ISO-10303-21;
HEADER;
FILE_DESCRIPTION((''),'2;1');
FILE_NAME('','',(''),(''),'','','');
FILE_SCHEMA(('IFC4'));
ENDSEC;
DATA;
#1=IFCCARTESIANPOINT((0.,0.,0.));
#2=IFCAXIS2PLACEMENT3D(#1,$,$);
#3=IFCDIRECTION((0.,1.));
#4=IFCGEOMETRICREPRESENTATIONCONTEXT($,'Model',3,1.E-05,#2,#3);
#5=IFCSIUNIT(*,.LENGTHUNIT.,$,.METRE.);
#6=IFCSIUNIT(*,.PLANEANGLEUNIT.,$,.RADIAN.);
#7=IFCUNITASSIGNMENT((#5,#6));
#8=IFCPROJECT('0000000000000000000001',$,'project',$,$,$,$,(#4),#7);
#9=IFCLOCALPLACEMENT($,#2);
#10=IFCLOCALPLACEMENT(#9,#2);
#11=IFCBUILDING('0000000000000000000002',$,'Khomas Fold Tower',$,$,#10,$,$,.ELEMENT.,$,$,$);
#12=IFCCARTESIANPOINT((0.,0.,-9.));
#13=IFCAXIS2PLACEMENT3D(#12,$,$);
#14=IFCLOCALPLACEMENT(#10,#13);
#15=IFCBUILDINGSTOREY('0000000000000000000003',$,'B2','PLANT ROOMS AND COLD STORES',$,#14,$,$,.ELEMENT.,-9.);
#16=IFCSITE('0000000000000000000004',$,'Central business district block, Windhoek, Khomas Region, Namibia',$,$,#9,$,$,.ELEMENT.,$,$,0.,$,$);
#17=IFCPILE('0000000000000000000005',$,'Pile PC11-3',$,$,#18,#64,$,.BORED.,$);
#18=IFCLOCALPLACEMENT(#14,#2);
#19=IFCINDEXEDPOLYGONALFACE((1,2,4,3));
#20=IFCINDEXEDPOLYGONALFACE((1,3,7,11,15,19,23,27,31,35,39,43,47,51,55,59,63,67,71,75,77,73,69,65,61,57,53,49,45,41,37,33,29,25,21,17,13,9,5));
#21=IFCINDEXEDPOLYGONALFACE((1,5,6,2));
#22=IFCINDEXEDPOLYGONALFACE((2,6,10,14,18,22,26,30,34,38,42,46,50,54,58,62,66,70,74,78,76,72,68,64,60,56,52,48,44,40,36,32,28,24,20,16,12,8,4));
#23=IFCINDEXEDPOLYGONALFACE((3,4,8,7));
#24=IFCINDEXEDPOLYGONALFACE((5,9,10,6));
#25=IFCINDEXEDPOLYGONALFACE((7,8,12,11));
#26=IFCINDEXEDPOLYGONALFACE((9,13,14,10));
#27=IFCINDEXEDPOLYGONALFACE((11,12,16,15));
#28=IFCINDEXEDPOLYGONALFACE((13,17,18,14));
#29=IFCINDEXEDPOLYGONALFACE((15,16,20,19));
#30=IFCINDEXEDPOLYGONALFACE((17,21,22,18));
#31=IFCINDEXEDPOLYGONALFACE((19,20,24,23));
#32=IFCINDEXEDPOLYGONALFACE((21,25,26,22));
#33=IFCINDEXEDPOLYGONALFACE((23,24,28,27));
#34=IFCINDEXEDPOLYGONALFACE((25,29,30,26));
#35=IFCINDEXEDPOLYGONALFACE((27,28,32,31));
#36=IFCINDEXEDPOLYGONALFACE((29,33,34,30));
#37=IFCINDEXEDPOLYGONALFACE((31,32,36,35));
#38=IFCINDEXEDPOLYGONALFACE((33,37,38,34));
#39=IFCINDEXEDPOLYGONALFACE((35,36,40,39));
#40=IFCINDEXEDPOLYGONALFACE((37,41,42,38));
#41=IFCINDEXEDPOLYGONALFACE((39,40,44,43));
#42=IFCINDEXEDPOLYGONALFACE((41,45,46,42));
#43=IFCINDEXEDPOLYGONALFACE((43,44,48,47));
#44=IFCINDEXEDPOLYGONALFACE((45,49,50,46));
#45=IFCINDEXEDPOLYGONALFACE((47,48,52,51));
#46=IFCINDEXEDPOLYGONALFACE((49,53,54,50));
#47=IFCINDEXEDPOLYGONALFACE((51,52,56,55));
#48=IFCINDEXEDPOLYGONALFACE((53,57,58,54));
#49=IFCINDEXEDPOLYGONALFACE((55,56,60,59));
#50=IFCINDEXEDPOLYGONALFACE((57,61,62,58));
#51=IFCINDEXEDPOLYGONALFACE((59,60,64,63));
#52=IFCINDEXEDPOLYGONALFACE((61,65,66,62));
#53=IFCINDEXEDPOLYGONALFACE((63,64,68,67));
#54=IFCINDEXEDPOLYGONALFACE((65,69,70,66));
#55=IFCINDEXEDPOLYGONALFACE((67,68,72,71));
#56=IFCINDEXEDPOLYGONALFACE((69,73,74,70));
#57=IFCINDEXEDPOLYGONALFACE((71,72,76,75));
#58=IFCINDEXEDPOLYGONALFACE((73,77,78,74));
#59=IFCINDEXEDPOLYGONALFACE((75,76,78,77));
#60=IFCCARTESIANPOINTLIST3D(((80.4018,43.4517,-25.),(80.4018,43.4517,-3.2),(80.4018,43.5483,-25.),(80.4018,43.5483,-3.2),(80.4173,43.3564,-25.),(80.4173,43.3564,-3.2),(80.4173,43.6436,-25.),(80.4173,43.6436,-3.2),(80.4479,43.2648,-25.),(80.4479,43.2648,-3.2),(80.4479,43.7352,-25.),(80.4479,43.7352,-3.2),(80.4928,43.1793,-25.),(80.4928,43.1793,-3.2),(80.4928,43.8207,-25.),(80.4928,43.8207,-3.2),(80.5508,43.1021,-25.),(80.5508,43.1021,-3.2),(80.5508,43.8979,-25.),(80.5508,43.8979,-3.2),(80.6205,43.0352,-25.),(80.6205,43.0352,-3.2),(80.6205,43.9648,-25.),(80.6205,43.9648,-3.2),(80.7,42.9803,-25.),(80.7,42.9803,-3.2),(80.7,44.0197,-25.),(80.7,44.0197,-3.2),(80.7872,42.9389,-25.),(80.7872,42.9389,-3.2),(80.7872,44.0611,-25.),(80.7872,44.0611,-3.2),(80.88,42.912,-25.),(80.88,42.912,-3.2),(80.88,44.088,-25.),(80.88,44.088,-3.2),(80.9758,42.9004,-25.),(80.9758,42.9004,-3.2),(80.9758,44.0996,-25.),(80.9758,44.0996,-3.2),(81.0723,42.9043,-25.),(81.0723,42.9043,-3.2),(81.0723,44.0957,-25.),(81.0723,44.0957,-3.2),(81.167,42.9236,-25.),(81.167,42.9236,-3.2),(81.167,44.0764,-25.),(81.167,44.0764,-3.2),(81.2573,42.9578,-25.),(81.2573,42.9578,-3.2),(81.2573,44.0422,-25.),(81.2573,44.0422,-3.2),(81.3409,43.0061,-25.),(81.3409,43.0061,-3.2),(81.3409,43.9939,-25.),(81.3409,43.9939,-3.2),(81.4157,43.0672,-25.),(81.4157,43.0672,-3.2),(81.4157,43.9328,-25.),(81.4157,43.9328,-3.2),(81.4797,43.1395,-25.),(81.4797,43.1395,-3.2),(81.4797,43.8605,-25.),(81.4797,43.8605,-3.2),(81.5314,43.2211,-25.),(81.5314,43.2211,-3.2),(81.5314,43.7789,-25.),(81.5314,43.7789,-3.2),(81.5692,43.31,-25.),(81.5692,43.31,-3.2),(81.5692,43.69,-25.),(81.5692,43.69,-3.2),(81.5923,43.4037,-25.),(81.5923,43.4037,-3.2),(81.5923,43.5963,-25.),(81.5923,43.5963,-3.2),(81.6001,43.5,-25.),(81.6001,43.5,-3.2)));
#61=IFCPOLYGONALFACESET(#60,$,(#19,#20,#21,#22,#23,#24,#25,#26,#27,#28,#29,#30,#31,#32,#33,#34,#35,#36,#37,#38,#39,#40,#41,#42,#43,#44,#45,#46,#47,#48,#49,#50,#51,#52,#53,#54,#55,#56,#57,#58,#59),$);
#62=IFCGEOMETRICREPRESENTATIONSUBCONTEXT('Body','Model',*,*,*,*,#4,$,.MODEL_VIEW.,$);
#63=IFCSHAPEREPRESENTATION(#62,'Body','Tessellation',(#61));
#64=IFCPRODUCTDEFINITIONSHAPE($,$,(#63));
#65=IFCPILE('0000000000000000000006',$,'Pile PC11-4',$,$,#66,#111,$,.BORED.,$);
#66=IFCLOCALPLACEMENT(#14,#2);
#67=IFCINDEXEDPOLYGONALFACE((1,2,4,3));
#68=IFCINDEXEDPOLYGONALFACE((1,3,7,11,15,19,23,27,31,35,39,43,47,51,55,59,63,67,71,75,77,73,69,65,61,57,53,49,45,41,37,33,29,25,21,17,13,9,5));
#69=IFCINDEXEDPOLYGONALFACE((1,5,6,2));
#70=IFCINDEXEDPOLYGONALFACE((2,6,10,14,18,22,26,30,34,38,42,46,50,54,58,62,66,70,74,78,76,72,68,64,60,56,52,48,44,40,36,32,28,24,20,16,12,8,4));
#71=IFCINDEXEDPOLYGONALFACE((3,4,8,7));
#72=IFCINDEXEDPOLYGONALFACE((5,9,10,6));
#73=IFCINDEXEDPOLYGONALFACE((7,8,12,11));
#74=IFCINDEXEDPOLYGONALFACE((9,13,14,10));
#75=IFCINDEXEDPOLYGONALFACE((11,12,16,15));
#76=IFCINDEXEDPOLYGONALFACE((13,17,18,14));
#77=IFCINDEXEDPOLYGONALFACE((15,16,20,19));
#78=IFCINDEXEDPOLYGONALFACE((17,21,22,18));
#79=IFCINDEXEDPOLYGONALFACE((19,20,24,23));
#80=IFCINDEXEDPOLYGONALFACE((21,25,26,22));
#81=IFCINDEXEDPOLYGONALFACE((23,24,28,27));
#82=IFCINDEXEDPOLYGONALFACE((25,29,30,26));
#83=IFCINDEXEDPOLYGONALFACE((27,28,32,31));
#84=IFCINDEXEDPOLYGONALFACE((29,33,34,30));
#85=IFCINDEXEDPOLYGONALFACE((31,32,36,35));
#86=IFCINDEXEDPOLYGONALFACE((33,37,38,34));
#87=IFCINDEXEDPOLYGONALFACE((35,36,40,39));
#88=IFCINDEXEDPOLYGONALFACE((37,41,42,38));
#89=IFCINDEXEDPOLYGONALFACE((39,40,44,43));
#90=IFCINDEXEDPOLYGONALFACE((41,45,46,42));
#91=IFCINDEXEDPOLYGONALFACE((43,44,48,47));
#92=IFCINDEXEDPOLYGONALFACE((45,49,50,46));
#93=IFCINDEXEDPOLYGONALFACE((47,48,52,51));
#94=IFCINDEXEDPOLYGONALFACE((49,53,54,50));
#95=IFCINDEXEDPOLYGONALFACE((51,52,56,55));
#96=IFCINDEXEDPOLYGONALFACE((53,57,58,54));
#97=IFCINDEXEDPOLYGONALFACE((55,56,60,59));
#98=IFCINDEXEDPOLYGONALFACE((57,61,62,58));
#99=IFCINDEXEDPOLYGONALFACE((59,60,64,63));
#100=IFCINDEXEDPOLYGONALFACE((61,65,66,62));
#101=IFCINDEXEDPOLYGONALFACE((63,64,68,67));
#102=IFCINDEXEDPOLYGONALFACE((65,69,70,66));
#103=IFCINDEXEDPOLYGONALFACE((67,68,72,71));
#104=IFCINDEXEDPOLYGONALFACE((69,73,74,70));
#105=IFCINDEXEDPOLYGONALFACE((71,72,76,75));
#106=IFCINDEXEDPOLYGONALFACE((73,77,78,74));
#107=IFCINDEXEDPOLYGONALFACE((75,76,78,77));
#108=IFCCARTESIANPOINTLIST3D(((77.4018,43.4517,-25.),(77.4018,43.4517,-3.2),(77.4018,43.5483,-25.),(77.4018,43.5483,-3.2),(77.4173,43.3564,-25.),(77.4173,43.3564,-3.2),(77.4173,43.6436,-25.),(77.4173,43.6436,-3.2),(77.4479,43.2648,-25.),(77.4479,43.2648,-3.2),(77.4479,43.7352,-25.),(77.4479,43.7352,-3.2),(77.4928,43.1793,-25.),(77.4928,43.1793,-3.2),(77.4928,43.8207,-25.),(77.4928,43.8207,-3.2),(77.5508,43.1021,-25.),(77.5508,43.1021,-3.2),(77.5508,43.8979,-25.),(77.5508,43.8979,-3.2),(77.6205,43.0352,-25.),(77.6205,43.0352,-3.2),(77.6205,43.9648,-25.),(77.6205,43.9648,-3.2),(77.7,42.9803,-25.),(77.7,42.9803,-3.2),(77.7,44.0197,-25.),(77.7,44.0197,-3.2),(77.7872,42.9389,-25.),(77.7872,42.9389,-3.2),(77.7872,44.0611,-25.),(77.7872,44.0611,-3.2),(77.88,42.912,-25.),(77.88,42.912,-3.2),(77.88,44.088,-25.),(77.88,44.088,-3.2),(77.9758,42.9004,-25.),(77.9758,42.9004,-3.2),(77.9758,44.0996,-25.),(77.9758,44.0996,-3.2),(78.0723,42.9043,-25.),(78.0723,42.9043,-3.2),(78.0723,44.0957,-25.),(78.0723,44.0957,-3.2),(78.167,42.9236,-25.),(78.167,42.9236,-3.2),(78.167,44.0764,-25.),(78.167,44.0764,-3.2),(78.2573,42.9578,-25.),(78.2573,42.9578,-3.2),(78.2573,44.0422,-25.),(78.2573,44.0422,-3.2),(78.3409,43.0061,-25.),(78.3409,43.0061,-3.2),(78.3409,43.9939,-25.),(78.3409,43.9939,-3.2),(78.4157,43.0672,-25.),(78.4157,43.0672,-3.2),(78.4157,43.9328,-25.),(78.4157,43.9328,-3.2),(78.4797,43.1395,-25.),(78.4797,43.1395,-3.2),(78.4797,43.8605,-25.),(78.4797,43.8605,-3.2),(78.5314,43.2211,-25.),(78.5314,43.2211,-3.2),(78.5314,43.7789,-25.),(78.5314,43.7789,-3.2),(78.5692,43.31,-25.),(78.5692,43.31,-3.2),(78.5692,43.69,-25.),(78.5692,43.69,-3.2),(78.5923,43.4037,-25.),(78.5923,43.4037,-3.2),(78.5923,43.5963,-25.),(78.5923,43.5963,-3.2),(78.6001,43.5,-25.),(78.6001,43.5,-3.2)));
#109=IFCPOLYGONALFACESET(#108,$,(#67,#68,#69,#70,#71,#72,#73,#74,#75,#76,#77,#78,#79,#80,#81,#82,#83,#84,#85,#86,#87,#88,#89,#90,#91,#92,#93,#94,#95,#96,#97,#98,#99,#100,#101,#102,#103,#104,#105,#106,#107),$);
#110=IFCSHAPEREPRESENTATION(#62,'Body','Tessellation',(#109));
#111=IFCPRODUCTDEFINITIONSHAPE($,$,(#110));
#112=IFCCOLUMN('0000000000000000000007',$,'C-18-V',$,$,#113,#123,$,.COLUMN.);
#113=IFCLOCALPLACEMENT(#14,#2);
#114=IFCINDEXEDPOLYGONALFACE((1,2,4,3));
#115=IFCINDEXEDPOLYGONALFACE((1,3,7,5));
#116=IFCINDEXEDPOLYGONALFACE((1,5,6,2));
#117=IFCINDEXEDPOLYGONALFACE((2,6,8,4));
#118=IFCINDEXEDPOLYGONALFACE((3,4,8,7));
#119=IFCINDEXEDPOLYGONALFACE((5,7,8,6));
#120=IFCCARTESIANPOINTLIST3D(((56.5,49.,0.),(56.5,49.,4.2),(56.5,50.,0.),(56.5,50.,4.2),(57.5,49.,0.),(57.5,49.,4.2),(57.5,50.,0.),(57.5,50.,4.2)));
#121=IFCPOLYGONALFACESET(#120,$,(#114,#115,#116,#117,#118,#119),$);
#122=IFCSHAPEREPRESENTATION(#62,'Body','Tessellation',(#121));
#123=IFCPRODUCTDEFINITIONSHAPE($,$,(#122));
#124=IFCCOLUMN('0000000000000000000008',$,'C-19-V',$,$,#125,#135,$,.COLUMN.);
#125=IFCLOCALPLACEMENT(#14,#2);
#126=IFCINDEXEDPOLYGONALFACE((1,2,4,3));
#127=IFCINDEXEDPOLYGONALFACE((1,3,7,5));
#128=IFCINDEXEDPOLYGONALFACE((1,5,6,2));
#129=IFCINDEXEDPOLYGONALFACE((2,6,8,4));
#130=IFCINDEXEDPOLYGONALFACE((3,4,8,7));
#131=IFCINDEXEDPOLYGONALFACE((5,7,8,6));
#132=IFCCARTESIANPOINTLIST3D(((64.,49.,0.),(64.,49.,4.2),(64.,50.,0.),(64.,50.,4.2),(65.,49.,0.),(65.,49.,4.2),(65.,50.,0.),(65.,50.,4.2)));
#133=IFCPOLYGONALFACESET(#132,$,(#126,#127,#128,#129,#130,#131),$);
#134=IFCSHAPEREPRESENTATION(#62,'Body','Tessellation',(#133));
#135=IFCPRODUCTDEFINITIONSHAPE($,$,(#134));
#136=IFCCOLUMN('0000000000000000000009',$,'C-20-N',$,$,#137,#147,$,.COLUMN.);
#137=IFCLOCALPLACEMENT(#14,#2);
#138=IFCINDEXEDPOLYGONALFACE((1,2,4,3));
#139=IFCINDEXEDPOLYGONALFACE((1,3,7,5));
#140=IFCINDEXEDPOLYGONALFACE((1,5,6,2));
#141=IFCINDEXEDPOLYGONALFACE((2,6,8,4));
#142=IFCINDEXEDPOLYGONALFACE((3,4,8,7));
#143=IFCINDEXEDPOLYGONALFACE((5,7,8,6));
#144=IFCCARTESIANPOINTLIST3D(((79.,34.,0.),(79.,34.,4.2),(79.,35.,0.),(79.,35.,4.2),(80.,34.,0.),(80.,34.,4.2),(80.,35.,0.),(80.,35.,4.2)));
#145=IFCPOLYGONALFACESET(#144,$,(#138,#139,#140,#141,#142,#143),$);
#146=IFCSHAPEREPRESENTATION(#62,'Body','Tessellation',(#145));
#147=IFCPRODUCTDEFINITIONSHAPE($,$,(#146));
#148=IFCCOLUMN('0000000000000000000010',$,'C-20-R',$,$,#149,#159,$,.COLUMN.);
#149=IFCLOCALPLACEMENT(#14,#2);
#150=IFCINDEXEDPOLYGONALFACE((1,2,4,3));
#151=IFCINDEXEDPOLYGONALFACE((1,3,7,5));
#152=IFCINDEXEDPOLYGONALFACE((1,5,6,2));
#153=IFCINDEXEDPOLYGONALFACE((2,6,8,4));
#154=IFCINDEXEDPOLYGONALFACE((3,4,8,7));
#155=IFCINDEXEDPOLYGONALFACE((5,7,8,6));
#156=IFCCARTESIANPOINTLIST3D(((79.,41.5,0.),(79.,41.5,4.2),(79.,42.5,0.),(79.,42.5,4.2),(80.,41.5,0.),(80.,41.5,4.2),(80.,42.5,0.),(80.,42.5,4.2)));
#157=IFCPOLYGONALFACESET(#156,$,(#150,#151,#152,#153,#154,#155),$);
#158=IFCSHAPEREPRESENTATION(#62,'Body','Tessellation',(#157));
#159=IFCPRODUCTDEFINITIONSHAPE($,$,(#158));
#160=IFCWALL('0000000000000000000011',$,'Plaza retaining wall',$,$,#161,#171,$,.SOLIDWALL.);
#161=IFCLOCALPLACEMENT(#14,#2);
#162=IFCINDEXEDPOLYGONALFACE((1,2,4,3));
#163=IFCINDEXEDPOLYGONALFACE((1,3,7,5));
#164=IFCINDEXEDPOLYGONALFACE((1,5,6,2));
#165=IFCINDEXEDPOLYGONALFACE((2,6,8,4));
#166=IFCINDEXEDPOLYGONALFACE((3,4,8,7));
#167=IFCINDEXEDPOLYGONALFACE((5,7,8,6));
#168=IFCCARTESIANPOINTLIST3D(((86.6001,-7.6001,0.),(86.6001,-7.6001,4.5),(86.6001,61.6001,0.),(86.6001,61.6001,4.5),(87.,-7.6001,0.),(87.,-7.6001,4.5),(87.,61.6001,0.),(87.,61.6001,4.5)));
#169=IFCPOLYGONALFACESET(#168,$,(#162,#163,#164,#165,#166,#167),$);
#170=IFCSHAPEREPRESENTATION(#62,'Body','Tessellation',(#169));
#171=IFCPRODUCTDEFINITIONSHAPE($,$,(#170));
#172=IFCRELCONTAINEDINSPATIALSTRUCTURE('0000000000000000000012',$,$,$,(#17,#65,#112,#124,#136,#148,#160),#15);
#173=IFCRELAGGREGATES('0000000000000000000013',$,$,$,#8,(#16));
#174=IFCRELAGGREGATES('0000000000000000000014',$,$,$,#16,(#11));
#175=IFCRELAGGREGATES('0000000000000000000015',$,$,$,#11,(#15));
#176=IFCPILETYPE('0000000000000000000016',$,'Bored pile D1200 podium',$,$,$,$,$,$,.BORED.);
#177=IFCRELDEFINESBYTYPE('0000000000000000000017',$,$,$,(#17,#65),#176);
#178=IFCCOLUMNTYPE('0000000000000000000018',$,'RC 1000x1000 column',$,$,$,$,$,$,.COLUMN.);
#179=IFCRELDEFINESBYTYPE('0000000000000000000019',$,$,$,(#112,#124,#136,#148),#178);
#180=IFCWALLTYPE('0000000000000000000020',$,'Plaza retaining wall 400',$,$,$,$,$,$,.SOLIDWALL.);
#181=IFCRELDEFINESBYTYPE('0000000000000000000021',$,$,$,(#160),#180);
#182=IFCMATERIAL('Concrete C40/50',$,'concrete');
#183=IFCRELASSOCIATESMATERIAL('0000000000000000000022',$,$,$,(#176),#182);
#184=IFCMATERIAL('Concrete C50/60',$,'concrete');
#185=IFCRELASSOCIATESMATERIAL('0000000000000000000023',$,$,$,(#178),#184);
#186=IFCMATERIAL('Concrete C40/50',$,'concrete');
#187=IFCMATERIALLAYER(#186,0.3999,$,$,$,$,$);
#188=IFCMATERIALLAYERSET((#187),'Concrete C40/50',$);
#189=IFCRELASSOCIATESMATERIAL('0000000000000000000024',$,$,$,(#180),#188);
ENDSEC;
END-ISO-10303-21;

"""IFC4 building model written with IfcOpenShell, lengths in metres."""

from ifc_helpers import new_model, si_unit, direction, frame, frame_2d, origin, origin_2d, place, context, subcontext, project, spatial, rectangle, circle, extrude, source, transform, mapped, material, layer, layer_set, material_profile, profile_set, type_object, element, save


model = new_model("IFC4")

# Units and contexts
model_context = context("Model", 3, precision=1e-05, world=origin(), true_north=direction((0.0, 1.0)))
body_context = subcontext(model_context, "Body", "Model", "MODEL_VIEW")
ifc_project = project(units=[si_unit("LENGTHUNIT", "METRE"), si_unit("PLANEANGLEUNIT", "RADIAN")], contexts=[model_context])

# Site, building, storey
site_placement = place(None, origin())
site = spatial("IfcSite", under=ifc_project, at=site_placement, Name="Central business district block, Windhoek, Khomas Region, Namibia", CompositionType="ELEMENT", RefElevation=0.0)
building_placement = place(site_placement, origin())
building = spatial("IfcBuilding", under=site, at=building_placement, Name="Khomas Fold Tower", CompositionType="ELEMENT")
storey_placement = place(building_placement, frame((0.0, 0.0, -9.0)))
storey = spatial("IfcBuildingStorey", under=building, at=storey_placement, Name="B2", Description="PLANT ROOMS AND COLD STORES", CompositionType="ELEMENT", Elevation=-9.0)

# Piles
ifc_material_1 = material(Name="Concrete C40/50", Category="concrete")
ifc_material_profile_1 = material_profile(ifc_material_1, circle(Radius=0.6001, at=origin_2d()), Name="PILE D1200")
ifc_profile_set_1 = profile_set([ifc_material_profile_1], Name="Concrete C40/50")
pile_type_1 = type_object("IfcPileType", Name="Bored pile D1200 podium", PredefinedType="BORED", material=ifc_profile_set_1)
shared_shape_1 = source(origin(), body_context, "Body", "SweptSolid", [
    extrude(circle(Radius=0.6001, at=origin_2d()), origin(), (0.0, 0.0, 1.0), 21.8),
])
for number, where, z_axis, x_axis, name in (
    (1, (81.0, 43.5, -3.2), (0.0, 0.0, -1.0), (1.0, 0.0, 0.0), "Pile PC11-3"),
    (2, (78.0, 43.5, -3.2), (0.0, 0.0, -1.0), (1.0, 0.0, 0.0), "Pile PC11-4"),
):
    element("IfcPile", number, at=place(storey_placement, frame(where, z_axis=z_axis, x_axis=x_axis)), inside=storey, type_object=pile_type_1, Name=name, PredefinedType="BORED", context=body_context, shape_type="MappedRepresentation", body=[
        mapped(shared_shape_1, transform((0.0, 0.0, 0.0))),
    ])

# Columns
ifc_material_2 = material(Name="Concrete C50/60", Category="concrete")
ifc_material_profile_2 = material_profile(ifc_material_2, rectangle(XDim=1.0, YDim=1.0, at=origin_2d()), Name="RC 1000x1000")
ifc_profile_set_2 = profile_set([ifc_material_profile_2], Name="Concrete C50/60")
column_type = type_object("IfcColumnType", Name="RC 1000x1000 column", PredefinedType="COLUMN", material=ifc_profile_set_2)
shared_shape_2 = source(origin(), body_context, "Body", "SweptSolid", [
    extrude(rectangle(XDim=1.0, YDim=1.0, at=origin_2d()), origin(), (0.0, 0.0, 1.0), 4.2),
])
for number, where, z_axis, x_axis, name in (
    (3, (57.0, 49.5, 0.0), (0.0, 0.0, 1.0), (1.0, 0.0, 0.0), "C-18-V"),
    (4, (64.5, 49.5, 0.0), (0.0, 0.0, 1.0), (1.0, 0.0, 0.0), "C-19-V"),
    (5, (79.5, 34.5, 0.0), (0.0, 0.0, 1.0), (1.0, 0.0, 0.0), "C-20-N"),
    (6, (79.5, 42.0, 0.0), (0.0, 0.0, 1.0), (1.0, 0.0, 0.0), "C-20-R"),
):
    element("IfcColumn", number, at=place(storey_placement, frame(where, z_axis=z_axis, x_axis=x_axis)), inside=storey, type_object=column_type, Name=name, PredefinedType="COLUMN", context=body_context, shape_type="MappedRepresentation", body=[
        mapped(shared_shape_2, transform((0.0, 0.0, 0.0))),
    ])

# Wall
ifc_material_3 = material(Name="Concrete C40/50", Category="concrete")
ifc_layer_1 = layer(ifc_material_3, 0.3999)
ifc_layer_set_1 = layer_set([ifc_layer_1], Name="Concrete C40/50")
wall_type_1 = type_object("IfcWallType", Name="Plaza retaining wall 400", PredefinedType="SOLIDWALL", material=ifc_layer_set_1)
shared_shape_3 = source(origin(), body_context, "Body", "SweptSolid", [
    extrude(rectangle(XDim=69.2002, YDim=0.3999, at=frame_2d((34.6001, 0.0))), origin(), (0.0, 0.0, 1.0), 4.5),
])
wall_1_placement = place(storey_placement, frame((86.8, 61.6001, 0.0), z_axis=(0.0, 0.0, 1.0), x_axis=(0.0, -1.0, 0.0)))
element("IfcWall", 7, at=wall_1_placement, inside=storey, type_object=wall_type_1, Name="Plaza retaining wall", PredefinedType="SOLIDWALL", context=body_context, shape_type="MappedRepresentation", body=[
    mapped(shared_shape_3, transform((0.0, 0.0, 0.0))),
])

save(model, "model.ifc")
